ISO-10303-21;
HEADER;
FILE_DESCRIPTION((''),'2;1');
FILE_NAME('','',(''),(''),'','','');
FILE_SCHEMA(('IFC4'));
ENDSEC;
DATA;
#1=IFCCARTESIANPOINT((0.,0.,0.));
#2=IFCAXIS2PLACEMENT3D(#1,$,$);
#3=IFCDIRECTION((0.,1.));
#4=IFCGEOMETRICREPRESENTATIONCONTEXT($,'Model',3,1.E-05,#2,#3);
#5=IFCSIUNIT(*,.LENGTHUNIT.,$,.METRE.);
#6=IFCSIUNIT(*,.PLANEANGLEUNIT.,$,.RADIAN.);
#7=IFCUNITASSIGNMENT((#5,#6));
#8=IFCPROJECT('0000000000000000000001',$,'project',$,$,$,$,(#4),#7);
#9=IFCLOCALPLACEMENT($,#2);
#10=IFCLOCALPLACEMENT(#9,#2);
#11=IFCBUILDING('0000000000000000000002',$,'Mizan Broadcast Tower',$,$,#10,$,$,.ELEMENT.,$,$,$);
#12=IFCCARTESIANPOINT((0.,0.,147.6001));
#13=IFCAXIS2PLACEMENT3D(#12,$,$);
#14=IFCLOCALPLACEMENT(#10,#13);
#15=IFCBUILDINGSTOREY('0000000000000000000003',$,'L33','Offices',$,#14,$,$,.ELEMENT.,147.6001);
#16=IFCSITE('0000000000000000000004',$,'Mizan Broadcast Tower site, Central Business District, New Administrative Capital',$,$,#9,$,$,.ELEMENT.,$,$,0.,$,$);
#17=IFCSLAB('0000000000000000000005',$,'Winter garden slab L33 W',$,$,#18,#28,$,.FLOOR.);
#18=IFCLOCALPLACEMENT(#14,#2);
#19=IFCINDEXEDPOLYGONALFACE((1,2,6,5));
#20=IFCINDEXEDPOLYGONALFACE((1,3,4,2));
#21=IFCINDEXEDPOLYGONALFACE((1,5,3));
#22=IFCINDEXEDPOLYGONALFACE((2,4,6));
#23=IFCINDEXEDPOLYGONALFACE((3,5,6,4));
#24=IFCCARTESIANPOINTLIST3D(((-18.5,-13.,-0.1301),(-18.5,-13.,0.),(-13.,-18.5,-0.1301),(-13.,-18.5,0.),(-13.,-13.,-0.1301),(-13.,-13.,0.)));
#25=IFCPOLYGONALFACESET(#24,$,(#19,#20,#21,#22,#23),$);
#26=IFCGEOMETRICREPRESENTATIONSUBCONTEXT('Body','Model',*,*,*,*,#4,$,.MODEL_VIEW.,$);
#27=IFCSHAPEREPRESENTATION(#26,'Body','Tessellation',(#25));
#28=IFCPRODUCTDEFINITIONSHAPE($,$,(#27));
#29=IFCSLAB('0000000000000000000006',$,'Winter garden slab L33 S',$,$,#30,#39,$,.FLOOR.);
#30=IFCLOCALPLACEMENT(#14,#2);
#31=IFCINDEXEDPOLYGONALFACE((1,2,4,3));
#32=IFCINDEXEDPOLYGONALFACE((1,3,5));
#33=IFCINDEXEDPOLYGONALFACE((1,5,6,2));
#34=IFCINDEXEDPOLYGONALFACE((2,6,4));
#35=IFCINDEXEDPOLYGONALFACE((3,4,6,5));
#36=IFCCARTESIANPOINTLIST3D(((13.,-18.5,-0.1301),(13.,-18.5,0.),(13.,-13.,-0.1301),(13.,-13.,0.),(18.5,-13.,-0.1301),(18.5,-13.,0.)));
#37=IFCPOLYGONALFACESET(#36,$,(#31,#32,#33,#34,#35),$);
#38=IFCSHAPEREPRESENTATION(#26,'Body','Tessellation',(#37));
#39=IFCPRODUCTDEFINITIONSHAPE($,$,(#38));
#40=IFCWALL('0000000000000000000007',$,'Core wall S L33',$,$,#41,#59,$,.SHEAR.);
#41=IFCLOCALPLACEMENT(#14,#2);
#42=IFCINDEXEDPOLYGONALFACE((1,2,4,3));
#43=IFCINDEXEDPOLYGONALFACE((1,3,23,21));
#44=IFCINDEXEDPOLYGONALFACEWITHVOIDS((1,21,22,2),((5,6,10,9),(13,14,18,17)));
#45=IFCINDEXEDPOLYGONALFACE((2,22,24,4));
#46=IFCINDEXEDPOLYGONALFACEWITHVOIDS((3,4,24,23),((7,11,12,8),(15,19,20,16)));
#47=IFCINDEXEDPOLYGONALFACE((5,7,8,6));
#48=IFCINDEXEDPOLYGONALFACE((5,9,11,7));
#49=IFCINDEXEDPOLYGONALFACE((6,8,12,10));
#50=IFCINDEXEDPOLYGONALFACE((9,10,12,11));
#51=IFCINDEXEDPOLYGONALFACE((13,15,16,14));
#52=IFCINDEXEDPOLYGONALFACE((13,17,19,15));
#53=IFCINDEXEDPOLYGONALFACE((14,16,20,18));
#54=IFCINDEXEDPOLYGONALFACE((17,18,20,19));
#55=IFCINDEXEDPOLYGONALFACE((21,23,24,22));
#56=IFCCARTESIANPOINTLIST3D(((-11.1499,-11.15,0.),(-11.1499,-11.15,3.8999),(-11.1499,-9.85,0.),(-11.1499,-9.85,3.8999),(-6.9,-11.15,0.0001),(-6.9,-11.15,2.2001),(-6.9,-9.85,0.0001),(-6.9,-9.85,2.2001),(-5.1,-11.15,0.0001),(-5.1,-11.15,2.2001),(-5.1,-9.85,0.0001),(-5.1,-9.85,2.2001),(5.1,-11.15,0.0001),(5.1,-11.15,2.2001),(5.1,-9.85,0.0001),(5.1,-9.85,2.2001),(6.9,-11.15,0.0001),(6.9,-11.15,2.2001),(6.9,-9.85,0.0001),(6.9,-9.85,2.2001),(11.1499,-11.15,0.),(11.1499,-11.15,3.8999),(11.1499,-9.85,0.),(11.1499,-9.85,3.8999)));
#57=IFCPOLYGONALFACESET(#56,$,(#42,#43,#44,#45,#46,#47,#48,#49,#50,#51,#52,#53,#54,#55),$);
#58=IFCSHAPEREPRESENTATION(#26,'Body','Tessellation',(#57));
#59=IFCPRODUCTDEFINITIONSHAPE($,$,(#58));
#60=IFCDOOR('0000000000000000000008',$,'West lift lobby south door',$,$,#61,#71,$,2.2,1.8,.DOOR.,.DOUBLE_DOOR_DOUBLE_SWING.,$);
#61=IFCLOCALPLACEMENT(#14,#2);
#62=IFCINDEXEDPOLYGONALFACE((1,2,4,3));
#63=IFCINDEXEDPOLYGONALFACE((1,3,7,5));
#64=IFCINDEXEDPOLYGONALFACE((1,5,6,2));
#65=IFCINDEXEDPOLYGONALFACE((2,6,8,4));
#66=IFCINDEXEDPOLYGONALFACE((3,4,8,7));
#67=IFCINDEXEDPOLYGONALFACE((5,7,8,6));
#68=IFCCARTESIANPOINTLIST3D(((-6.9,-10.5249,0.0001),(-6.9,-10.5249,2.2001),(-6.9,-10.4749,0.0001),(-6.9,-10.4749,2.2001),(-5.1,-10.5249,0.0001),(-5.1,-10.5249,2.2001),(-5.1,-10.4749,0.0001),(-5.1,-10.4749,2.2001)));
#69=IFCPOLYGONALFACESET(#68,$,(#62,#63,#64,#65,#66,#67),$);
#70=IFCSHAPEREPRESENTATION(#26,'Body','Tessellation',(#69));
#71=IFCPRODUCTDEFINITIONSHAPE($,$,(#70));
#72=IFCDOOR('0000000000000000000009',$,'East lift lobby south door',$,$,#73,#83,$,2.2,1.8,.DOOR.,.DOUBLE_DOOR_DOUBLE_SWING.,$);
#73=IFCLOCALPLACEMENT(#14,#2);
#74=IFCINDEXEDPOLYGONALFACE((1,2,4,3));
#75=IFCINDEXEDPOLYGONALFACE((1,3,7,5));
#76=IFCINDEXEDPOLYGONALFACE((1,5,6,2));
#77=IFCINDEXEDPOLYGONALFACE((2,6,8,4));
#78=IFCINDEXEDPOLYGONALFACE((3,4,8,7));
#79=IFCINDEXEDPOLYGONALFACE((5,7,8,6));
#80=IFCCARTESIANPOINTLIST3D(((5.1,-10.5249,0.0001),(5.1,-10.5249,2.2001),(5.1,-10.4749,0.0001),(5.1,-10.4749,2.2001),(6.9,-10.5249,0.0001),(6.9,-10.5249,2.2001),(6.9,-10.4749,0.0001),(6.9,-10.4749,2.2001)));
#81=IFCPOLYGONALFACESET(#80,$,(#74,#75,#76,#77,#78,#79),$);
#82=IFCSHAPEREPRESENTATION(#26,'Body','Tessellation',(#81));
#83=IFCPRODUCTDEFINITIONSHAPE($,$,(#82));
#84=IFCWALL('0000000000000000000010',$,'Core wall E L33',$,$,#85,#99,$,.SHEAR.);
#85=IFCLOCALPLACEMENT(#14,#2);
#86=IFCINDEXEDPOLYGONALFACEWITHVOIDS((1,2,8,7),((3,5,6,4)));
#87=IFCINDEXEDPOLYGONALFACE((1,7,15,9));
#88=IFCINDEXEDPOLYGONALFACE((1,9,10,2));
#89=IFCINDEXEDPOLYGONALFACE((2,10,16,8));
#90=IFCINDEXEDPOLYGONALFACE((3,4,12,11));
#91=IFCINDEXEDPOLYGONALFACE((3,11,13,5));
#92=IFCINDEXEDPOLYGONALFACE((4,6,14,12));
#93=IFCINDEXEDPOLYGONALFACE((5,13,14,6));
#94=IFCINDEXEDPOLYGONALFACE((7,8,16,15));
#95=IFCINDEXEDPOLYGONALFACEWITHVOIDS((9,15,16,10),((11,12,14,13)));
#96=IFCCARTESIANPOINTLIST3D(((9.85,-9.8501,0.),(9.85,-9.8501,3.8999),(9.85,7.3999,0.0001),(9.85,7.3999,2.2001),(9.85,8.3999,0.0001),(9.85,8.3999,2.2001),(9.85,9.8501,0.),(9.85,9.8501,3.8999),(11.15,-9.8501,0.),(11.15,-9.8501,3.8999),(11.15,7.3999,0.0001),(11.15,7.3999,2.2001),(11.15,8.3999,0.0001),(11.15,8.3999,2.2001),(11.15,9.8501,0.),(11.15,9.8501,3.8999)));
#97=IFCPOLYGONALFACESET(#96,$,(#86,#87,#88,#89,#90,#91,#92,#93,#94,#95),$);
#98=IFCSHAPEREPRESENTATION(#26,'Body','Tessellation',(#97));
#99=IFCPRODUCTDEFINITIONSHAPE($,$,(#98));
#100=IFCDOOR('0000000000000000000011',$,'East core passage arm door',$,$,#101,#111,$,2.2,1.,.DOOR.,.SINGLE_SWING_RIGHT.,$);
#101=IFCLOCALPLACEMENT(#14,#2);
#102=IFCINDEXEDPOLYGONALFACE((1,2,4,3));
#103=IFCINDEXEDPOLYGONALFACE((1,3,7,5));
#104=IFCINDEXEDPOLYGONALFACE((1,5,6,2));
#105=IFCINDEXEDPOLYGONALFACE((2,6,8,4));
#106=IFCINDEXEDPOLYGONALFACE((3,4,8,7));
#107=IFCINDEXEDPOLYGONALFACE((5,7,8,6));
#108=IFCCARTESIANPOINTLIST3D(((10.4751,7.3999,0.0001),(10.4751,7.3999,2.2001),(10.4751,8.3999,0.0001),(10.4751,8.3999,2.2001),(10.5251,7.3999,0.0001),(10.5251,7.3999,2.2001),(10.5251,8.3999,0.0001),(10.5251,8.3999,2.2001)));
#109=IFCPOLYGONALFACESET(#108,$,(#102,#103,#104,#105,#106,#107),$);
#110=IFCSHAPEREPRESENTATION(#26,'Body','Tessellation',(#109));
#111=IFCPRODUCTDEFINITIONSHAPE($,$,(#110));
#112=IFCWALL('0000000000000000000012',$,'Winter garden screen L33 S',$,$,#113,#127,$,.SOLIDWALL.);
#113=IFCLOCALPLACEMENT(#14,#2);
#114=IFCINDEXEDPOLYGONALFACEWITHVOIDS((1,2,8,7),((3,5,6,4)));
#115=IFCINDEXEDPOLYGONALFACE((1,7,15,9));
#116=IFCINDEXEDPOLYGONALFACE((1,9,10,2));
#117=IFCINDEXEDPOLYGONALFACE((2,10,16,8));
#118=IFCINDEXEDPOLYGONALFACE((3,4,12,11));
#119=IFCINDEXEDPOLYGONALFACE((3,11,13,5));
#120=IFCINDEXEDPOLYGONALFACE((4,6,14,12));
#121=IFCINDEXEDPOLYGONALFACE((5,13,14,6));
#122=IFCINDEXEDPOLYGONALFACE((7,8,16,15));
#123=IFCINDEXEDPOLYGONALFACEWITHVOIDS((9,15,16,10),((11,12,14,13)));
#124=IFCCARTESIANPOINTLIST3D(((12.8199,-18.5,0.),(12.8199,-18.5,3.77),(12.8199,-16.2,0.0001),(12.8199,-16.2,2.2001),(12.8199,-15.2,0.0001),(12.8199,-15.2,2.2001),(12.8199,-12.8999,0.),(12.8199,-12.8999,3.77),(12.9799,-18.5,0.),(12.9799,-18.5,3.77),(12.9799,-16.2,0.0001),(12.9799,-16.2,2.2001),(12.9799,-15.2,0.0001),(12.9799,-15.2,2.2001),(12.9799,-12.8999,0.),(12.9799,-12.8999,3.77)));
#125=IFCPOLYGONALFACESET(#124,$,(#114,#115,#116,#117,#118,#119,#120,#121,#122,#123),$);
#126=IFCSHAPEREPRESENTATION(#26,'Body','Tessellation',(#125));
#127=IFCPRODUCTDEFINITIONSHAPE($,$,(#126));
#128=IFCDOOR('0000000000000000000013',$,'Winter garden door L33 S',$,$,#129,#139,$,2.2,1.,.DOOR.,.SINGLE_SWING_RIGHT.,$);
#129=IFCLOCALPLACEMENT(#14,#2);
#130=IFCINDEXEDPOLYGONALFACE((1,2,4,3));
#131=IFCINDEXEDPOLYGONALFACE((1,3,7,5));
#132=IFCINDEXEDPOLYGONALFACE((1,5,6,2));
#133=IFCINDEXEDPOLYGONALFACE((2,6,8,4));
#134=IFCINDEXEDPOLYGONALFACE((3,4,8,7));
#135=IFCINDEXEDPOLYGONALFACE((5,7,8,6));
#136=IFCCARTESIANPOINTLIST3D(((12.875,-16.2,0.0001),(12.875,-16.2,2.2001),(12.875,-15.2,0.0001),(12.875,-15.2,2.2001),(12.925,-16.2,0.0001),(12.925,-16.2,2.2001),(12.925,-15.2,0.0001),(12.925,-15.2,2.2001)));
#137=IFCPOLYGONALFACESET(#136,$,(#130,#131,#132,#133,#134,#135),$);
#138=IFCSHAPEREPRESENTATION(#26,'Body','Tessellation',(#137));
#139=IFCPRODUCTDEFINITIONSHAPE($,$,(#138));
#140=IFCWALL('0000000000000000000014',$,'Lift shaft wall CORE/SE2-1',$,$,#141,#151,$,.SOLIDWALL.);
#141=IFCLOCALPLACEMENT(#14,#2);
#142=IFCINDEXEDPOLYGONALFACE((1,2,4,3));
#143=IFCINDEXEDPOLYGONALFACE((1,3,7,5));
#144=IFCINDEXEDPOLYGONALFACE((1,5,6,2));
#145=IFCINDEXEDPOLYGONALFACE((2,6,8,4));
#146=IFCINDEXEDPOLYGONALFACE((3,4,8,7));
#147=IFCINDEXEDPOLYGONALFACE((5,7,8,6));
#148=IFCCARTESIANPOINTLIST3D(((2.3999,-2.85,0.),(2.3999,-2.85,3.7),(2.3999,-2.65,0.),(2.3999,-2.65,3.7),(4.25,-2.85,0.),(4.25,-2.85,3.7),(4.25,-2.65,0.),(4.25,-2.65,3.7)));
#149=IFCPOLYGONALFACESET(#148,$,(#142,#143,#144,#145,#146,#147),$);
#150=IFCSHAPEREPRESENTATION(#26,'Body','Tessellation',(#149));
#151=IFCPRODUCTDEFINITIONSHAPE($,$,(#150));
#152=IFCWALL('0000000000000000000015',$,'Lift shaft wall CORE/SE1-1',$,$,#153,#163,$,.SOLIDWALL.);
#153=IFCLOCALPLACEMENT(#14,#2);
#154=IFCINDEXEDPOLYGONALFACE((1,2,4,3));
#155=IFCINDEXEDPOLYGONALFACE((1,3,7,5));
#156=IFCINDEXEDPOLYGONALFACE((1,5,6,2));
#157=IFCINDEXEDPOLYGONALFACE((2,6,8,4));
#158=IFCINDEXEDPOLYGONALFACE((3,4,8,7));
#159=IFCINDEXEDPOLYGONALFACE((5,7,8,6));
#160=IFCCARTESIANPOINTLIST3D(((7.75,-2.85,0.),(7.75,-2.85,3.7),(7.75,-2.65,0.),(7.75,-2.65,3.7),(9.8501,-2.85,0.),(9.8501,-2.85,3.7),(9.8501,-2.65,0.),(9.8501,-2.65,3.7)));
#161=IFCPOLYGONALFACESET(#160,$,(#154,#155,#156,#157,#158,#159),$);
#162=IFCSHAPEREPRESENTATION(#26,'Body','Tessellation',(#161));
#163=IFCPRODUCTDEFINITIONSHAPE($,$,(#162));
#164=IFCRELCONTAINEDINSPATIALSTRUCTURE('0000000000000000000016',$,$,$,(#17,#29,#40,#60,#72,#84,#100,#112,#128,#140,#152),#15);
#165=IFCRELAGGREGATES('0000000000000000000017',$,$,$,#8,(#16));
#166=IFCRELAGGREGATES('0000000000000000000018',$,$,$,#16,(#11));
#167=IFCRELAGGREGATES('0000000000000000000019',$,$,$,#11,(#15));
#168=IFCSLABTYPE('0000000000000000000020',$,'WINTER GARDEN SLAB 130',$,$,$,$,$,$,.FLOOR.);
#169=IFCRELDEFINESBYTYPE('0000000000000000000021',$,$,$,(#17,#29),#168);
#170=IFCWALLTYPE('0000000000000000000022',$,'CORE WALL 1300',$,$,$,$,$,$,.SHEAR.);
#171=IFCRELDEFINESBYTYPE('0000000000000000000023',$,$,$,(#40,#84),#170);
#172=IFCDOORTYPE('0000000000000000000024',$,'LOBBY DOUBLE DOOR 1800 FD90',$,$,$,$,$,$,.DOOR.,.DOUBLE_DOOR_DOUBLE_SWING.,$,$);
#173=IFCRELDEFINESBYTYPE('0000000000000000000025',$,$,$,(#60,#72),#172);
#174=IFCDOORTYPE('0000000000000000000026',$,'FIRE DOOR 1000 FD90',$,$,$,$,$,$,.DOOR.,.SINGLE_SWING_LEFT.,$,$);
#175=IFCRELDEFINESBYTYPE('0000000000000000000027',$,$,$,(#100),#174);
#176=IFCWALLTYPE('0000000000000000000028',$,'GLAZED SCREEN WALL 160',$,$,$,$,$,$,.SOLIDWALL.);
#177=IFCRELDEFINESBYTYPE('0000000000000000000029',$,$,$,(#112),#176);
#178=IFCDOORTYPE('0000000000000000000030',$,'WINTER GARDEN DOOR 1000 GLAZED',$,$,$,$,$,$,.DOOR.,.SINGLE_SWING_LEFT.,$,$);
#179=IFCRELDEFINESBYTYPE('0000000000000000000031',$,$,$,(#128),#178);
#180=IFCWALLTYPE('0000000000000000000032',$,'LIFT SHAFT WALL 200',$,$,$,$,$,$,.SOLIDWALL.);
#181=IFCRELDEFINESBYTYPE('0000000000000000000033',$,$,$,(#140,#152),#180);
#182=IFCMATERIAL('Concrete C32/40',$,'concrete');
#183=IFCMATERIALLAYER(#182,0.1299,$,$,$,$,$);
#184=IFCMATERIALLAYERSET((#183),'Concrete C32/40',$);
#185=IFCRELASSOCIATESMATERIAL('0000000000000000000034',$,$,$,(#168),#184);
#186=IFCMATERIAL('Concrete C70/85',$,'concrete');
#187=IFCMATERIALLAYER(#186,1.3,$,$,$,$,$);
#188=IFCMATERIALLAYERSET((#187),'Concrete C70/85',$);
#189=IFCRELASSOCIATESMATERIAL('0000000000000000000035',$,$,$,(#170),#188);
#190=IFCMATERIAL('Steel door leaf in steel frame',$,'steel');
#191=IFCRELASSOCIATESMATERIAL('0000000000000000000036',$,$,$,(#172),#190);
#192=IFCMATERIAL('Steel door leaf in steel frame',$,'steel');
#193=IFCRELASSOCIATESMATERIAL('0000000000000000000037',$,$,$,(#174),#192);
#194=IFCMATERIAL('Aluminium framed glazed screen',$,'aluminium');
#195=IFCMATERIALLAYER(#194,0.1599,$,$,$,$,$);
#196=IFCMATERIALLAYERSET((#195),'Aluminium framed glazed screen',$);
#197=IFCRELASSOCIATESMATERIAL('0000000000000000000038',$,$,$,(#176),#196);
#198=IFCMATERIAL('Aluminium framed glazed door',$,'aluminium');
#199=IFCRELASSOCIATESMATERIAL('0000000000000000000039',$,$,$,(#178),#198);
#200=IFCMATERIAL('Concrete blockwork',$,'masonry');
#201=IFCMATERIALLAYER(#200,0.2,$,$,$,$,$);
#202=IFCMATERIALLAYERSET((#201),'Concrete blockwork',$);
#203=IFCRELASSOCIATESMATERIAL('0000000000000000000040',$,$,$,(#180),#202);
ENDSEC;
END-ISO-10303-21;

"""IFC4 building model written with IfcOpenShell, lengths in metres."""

from ifc_helpers import new_model, si_unit, direction, frame, frame_2d, origin, place, context, subcontext, project, spatial, polyline, rectangle, outline, extrude, material, layer, layer_set, type_object, element, fill, save


model = new_model("IFC4")

# Units and contexts
model_context = context("Model", 3, precision=1e-05, world=origin(), true_north=direction((0.0, 1.0)))
body_context = subcontext(model_context, "Body", "Model", "MODEL_VIEW")
ifc_project = project(units=[si_unit("LENGTHUNIT", "METRE"), si_unit("PLANEANGLEUNIT", "RADIAN")], contexts=[model_context])

# Site, building, storey
site_placement = place(None, origin())
site = spatial("IfcSite", under=ifc_project, at=site_placement, Name="Mizan Broadcast Tower site, Central Business District, New Administrative Capital", CompositionType="ELEMENT", RefElevation=0.0)
building_placement = place(site_placement, origin())
building = spatial("IfcBuilding", under=site, at=building_placement, Name="Mizan Broadcast Tower", CompositionType="ELEMENT")
storey_placement = place(building_placement, frame((0.0, 0.0, 147.6001)))
storey = spatial("IfcBuildingStorey", under=building, at=storey_placement, Name="L33", Description="Offices", CompositionType="ELEMENT", Elevation=147.6001)

# Slabs
ifc_material_1 = material(Name="Concrete C32/40", Category="concrete")
ifc_layer_1 = layer(ifc_material_1, 0.1299)
ifc_layer_set_1 = layer_set([ifc_layer_1], Name="Concrete C32/40")
slab_type_1 = type_object("IfcSlabType", Name="WINTER GARDEN SLAB 130", PredefinedType="FLOOR", material=ifc_layer_set_1)
slab_1_placement = place(storey_placement, frame((0.0, 0.0, -0.1301)))
element("IfcSlab", 1, at=slab_1_placement, inside=storey, type_object=slab_type_1, Name="Winter garden slab L33 W", PredefinedType="FLOOR", context=body_context, shape_type="SweptSolid", body=[
    extrude(outline(polyline([(-13.0, -13.0), (-18.5, -13.0), (-13.0, -18.5), (-13.0, -13.0)])), origin(), (0.0, 0.0, 1.0), 0.1301),
])
slab_2_placement = place(storey_placement, frame((0.0, 0.0, -0.1301)))
element("IfcSlab", 2, at=slab_2_placement, inside=storey, type_object=slab_type_1, Name="Winter garden slab L33 S", PredefinedType="FLOOR", context=body_context, shape_type="SweptSolid", body=[
    extrude(outline(polyline([(13.0, -13.0), (13.0, -18.5), (18.5, -13.0), (13.0, -13.0)])), origin(), (0.0, 0.0, 1.0), 0.1301),
])

# Wall, openings, doors
ifc_material_2 = material(Name="Concrete C70/85", Category="concrete")
ifc_layer_2 = layer(ifc_material_2, 1.3)
ifc_layer_set_2 = layer_set([ifc_layer_2], Name="Concrete C70/85")
wall_type_1 = type_object("IfcWallType", Name="CORE WALL 1300", PredefinedType="SHEAR", material=ifc_layer_set_2)
wall_1_placement = place(storey_placement, frame((11.1499, -10.5, 0.0), z_axis=(0.0, 0.0, 1.0), x_axis=(-1.0, 0.0, 0.0)))
wall_1 = element("IfcWall", 3, at=wall_1_placement, inside=storey, type_object=wall_type_1, Name="Core wall S L33", PredefinedType="SHEAR", context=body_context, shape_type="SweptSolid", body=[
    extrude(rectangle(XDim=22.2998, YDim=1.3, at=frame_2d((11.1499, 0.0))), origin(), (0.0, 0.0, 1.0), 3.8999),
])
opening_1_placement = place(wall_1_placement, frame((16.25, 0.0, 0.0)))
opening_1 = element("IfcOpeningElement", 4, at=opening_1_placement, cuts=wall_1, PredefinedType="OPENING", context=body_context, shape_type="SweptSolid", body=[
    extrude(rectangle(XDim=1.8, YDim=2.2, at=frame_2d((0.8999, 1.1001))), frame((0.0, 0.6599, 0.0), z_axis=(0.0, -1.0, 0.0), x_axis=(1.0, 0.0, 0.0)), (0.0, 0.0, 1.0), 1.3201),
])
opening_2_placement = place(wall_1_placement, frame((4.25, 0.0, 0.0)))
opening_2 = element("IfcOpeningElement", 5, at=opening_2_placement, cuts=wall_1, PredefinedType="OPENING", context=body_context, shape_type="SweptSolid", body=[
    extrude(rectangle(XDim=1.8, YDim=2.2, at=frame_2d((0.8999, 1.1001))), frame((0.0, 0.6599, 0.0), z_axis=(0.0, -1.0, 0.0), x_axis=(1.0, 0.0, 0.0)), (0.0, 0.0, 1.0), 1.3201),
])
ifc_material_3 = material(Name="Steel door leaf in steel frame", Category="steel")
door_type_1 = type_object("IfcDoorType", Name="LOBBY DOUBLE DOOR 1800 FD90", OperationType="DOUBLE_DOOR_DOUBLE_SWING", PredefinedType="DOOR", material=ifc_material_3)
door_1_placement = place(opening_1_placement, origin())
door_1 = element("IfcDoor", 6, at=door_1_placement, inside=storey, type_object=door_type_1, Name="West lift lobby south door", OperationType="DOUBLE_DOOR_DOUBLE_SWING", OverallHeight=2.2, OverallWidth=1.8, PredefinedType="DOOR", context=body_context, shape_type="SweptSolid", body=[
    extrude(rectangle(XDim=1.8, YDim=2.2, at=frame_2d((0.8999, 1.1001))), frame((0.0, 0.0249, 0.0), z_axis=(0.0, -1.0, 0.0), x_axis=(1.0, 0.0, 0.0)), (0.0, 0.0, 1.0), 0.05),
])
fill(opening_1, door_1)
door_2_placement = place(opening_2_placement, origin())
door_2 = element("IfcDoor", 7, at=door_2_placement, inside=storey, type_object=door_type_1, Name="East lift lobby south door", OperationType="DOUBLE_DOOR_DOUBLE_SWING", OverallHeight=2.2, OverallWidth=1.8, PredefinedType="DOOR", context=body_context, shape_type="SweptSolid", body=[
    extrude(rectangle(XDim=1.8, YDim=2.2, at=frame_2d((0.8999, 1.1001))), frame((0.0, 0.0249, 0.0), z_axis=(0.0, -1.0, 0.0), x_axis=(1.0, 0.0, 0.0)), (0.0, 0.0, 1.0), 0.05),
])
fill(opening_2, door_2)

# Walls, openings, doors
wall_2_placement = place(storey_placement, frame((10.5, -9.8501, 0.0), z_axis=(0.0, 0.0, 1.0), x_axis=(0.0, 1.0, 0.0)))
wall_2 = element("IfcWall", 8, at=wall_2_placement, inside=storey, type_object=wall_type_1, Name="Core wall E L33", PredefinedType="SHEAR", context=body_context, shape_type="SweptSolid", body=[
    extrude(rectangle(XDim=19.7002, YDim=1.3, at=frame_2d((9.8501, 0.0))), origin(), (0.0, 0.0, 1.0), 3.8999),
])
opening_3_placement = place(wall_2_placement, frame((17.25, 0.0, 0.0)))
opening_3 = element("IfcOpeningElement", 9, at=opening_3_placement, cuts=wall_2, PredefinedType="OPENING", context=body_context, shape_type="SweptSolid", body=[
    extrude(rectangle(XDim=1.0, YDim=2.2, at=frame_2d((0.5, 1.1001))), frame((0.0, 0.6599, 0.0), z_axis=(0.0, -1.0, 0.0), x_axis=(1.0, 0.0, 0.0)), (0.0, 0.0, 1.0), 1.3201),
])
ifc_material_4 = material(Name="Steel door leaf in steel frame", Category="steel")
door_type_2 = type_object("IfcDoorType", Name="FIRE DOOR 1000 FD90", OperationType="SINGLE_SWING_LEFT", PredefinedType="DOOR", material=ifc_material_4)
door_3_placement = place(opening_3_placement, origin())
door_3 = element("IfcDoor", 10, at=door_3_placement, inside=storey, type_object=door_type_2, Name="East core passage arm door", OperationType="SINGLE_SWING_RIGHT", OverallHeight=2.2, OverallWidth=1.0, PredefinedType="DOOR", context=body_context, shape_type="SweptSolid", body=[
    extrude(rectangle(XDim=1.0, YDim=2.2, at=frame_2d((0.5, 1.1001))), frame((0.0, 0.0249, 0.0), z_axis=(0.0, -1.0, 0.0), x_axis=(1.0, 0.0, 0.0)), (0.0, 0.0, 1.0), 0.05),
])
fill(opening_3, door_3)
ifc_material_5 = material(Name="Aluminium framed glazed screen", Category="aluminium")
ifc_layer_3 = layer(ifc_material_5, 0.1599)
ifc_layer_set_3 = layer_set([ifc_layer_3], Name="Aluminium framed glazed screen")
wall_type_2 = type_object("IfcWallType", Name="GLAZED SCREEN WALL 160", PredefinedType="SOLIDWALL", material=ifc_layer_set_3)
wall_3_placement = place(storey_placement, frame((12.8999, -18.5, 0.0), z_axis=(0.0, 0.0, 1.0), x_axis=(0.0, 1.0, 0.0)))
wall_3 = element("IfcWall", 11, at=wall_3_placement, inside=storey, type_object=wall_type_2, Name="Winter garden screen L33 S", PredefinedType="SOLIDWALL", context=body_context, shape_type="SweptSolid", body=[
    extrude(rectangle(XDim=5.6001, YDim=0.1599, at=frame_2d((2.8, 0.0))), origin(), (0.0, 0.0, 1.0), 3.77),
])
opening_4_placement = place(wall_3_placement, frame((2.3, 0.0, 0.0)))
opening_4 = element("IfcOpeningElement", 12, at=opening_4_placement, cuts=wall_3, PredefinedType="OPENING", context=body_context, shape_type="SweptSolid", body=[
    extrude(rectangle(XDim=1.0, YDim=2.2, at=frame_2d((0.5, 1.1001))), frame((0.0, 0.0898, 0.0), z_axis=(0.0, -1.0, 0.0), x_axis=(1.0, 0.0, 0.0)), (0.0, 0.0, 1.0), 0.1799),
])
ifc_material_6 = material(Name="Aluminium framed glazed door", Category="aluminium")
door_type_3 = type_object("IfcDoorType", Name="WINTER GARDEN DOOR 1000 GLAZED", OperationType="SINGLE_SWING_LEFT", PredefinedType="DOOR", material=ifc_material_6)
door_4_placement = place(opening_4_placement, origin())
door_4 = element("IfcDoor", 13, at=door_4_placement, inside=storey, type_object=door_type_3, Name="Winter garden door L33 S", OperationType="SINGLE_SWING_RIGHT", OverallHeight=2.2, OverallWidth=1.0, PredefinedType="DOOR", context=body_context, shape_type="SweptSolid", body=[
    extrude(rectangle(XDim=1.0, YDim=2.2, at=frame_2d((0.5, 1.1001))), frame((0.0, 0.0249, 0.0), z_axis=(0.0, -1.0, 0.0), x_axis=(1.0, 0.0, 0.0)), (0.0, 0.0, 1.0), 0.05),
])
fill(opening_4, door_4)

# Walls
ifc_material_7 = material(Name="Concrete blockwork", Category="masonry")
ifc_layer_4 = layer(ifc_material_7, 0.2)
ifc_layer_set_4 = layer_set([ifc_layer_4], Name="Concrete blockwork")
wall_type_3 = type_object("IfcWallType", Name="LIFT SHAFT WALL 200", PredefinedType="SOLIDWALL", material=ifc_layer_set_4)
wall_4_placement = place(storey_placement, frame((2.3999, -2.75, 0.0), z_axis=(0.0, 0.0, 1.0), x_axis=(1.0, 0.0, 0.0)))
element("IfcWall", 14, at=wall_4_placement, inside=storey, type_object=wall_type_3, Name="Lift shaft wall CORE/SE2-1", PredefinedType="SOLIDWALL", context=body_context, shape_type="SweptSolid", body=[
    extrude(rectangle(XDim=1.8501, YDim=0.2, at=frame_2d((0.925, 0.0))), origin(), (0.0, 0.0, 1.0), 3.7),
])
wall_5_placement = place(storey_placement, frame((7.75, -2.75, 0.0), z_axis=(0.0, 0.0, 1.0), x_axis=(1.0, 0.0, 0.0)))
element("IfcWall", 15, at=wall_5_placement, inside=storey, type_object=wall_type_3, Name="Lift shaft wall CORE/SE1-1", PredefinedType="SOLIDWALL", context=body_context, shape_type="SweptSolid", body=[
    extrude(rectangle(XDim=2.1001, YDim=0.2, at=frame_2d((1.05, 0.0))), origin(), (0.0, 0.0, 1.0), 3.7),
])

save(model, "model.ifc")
